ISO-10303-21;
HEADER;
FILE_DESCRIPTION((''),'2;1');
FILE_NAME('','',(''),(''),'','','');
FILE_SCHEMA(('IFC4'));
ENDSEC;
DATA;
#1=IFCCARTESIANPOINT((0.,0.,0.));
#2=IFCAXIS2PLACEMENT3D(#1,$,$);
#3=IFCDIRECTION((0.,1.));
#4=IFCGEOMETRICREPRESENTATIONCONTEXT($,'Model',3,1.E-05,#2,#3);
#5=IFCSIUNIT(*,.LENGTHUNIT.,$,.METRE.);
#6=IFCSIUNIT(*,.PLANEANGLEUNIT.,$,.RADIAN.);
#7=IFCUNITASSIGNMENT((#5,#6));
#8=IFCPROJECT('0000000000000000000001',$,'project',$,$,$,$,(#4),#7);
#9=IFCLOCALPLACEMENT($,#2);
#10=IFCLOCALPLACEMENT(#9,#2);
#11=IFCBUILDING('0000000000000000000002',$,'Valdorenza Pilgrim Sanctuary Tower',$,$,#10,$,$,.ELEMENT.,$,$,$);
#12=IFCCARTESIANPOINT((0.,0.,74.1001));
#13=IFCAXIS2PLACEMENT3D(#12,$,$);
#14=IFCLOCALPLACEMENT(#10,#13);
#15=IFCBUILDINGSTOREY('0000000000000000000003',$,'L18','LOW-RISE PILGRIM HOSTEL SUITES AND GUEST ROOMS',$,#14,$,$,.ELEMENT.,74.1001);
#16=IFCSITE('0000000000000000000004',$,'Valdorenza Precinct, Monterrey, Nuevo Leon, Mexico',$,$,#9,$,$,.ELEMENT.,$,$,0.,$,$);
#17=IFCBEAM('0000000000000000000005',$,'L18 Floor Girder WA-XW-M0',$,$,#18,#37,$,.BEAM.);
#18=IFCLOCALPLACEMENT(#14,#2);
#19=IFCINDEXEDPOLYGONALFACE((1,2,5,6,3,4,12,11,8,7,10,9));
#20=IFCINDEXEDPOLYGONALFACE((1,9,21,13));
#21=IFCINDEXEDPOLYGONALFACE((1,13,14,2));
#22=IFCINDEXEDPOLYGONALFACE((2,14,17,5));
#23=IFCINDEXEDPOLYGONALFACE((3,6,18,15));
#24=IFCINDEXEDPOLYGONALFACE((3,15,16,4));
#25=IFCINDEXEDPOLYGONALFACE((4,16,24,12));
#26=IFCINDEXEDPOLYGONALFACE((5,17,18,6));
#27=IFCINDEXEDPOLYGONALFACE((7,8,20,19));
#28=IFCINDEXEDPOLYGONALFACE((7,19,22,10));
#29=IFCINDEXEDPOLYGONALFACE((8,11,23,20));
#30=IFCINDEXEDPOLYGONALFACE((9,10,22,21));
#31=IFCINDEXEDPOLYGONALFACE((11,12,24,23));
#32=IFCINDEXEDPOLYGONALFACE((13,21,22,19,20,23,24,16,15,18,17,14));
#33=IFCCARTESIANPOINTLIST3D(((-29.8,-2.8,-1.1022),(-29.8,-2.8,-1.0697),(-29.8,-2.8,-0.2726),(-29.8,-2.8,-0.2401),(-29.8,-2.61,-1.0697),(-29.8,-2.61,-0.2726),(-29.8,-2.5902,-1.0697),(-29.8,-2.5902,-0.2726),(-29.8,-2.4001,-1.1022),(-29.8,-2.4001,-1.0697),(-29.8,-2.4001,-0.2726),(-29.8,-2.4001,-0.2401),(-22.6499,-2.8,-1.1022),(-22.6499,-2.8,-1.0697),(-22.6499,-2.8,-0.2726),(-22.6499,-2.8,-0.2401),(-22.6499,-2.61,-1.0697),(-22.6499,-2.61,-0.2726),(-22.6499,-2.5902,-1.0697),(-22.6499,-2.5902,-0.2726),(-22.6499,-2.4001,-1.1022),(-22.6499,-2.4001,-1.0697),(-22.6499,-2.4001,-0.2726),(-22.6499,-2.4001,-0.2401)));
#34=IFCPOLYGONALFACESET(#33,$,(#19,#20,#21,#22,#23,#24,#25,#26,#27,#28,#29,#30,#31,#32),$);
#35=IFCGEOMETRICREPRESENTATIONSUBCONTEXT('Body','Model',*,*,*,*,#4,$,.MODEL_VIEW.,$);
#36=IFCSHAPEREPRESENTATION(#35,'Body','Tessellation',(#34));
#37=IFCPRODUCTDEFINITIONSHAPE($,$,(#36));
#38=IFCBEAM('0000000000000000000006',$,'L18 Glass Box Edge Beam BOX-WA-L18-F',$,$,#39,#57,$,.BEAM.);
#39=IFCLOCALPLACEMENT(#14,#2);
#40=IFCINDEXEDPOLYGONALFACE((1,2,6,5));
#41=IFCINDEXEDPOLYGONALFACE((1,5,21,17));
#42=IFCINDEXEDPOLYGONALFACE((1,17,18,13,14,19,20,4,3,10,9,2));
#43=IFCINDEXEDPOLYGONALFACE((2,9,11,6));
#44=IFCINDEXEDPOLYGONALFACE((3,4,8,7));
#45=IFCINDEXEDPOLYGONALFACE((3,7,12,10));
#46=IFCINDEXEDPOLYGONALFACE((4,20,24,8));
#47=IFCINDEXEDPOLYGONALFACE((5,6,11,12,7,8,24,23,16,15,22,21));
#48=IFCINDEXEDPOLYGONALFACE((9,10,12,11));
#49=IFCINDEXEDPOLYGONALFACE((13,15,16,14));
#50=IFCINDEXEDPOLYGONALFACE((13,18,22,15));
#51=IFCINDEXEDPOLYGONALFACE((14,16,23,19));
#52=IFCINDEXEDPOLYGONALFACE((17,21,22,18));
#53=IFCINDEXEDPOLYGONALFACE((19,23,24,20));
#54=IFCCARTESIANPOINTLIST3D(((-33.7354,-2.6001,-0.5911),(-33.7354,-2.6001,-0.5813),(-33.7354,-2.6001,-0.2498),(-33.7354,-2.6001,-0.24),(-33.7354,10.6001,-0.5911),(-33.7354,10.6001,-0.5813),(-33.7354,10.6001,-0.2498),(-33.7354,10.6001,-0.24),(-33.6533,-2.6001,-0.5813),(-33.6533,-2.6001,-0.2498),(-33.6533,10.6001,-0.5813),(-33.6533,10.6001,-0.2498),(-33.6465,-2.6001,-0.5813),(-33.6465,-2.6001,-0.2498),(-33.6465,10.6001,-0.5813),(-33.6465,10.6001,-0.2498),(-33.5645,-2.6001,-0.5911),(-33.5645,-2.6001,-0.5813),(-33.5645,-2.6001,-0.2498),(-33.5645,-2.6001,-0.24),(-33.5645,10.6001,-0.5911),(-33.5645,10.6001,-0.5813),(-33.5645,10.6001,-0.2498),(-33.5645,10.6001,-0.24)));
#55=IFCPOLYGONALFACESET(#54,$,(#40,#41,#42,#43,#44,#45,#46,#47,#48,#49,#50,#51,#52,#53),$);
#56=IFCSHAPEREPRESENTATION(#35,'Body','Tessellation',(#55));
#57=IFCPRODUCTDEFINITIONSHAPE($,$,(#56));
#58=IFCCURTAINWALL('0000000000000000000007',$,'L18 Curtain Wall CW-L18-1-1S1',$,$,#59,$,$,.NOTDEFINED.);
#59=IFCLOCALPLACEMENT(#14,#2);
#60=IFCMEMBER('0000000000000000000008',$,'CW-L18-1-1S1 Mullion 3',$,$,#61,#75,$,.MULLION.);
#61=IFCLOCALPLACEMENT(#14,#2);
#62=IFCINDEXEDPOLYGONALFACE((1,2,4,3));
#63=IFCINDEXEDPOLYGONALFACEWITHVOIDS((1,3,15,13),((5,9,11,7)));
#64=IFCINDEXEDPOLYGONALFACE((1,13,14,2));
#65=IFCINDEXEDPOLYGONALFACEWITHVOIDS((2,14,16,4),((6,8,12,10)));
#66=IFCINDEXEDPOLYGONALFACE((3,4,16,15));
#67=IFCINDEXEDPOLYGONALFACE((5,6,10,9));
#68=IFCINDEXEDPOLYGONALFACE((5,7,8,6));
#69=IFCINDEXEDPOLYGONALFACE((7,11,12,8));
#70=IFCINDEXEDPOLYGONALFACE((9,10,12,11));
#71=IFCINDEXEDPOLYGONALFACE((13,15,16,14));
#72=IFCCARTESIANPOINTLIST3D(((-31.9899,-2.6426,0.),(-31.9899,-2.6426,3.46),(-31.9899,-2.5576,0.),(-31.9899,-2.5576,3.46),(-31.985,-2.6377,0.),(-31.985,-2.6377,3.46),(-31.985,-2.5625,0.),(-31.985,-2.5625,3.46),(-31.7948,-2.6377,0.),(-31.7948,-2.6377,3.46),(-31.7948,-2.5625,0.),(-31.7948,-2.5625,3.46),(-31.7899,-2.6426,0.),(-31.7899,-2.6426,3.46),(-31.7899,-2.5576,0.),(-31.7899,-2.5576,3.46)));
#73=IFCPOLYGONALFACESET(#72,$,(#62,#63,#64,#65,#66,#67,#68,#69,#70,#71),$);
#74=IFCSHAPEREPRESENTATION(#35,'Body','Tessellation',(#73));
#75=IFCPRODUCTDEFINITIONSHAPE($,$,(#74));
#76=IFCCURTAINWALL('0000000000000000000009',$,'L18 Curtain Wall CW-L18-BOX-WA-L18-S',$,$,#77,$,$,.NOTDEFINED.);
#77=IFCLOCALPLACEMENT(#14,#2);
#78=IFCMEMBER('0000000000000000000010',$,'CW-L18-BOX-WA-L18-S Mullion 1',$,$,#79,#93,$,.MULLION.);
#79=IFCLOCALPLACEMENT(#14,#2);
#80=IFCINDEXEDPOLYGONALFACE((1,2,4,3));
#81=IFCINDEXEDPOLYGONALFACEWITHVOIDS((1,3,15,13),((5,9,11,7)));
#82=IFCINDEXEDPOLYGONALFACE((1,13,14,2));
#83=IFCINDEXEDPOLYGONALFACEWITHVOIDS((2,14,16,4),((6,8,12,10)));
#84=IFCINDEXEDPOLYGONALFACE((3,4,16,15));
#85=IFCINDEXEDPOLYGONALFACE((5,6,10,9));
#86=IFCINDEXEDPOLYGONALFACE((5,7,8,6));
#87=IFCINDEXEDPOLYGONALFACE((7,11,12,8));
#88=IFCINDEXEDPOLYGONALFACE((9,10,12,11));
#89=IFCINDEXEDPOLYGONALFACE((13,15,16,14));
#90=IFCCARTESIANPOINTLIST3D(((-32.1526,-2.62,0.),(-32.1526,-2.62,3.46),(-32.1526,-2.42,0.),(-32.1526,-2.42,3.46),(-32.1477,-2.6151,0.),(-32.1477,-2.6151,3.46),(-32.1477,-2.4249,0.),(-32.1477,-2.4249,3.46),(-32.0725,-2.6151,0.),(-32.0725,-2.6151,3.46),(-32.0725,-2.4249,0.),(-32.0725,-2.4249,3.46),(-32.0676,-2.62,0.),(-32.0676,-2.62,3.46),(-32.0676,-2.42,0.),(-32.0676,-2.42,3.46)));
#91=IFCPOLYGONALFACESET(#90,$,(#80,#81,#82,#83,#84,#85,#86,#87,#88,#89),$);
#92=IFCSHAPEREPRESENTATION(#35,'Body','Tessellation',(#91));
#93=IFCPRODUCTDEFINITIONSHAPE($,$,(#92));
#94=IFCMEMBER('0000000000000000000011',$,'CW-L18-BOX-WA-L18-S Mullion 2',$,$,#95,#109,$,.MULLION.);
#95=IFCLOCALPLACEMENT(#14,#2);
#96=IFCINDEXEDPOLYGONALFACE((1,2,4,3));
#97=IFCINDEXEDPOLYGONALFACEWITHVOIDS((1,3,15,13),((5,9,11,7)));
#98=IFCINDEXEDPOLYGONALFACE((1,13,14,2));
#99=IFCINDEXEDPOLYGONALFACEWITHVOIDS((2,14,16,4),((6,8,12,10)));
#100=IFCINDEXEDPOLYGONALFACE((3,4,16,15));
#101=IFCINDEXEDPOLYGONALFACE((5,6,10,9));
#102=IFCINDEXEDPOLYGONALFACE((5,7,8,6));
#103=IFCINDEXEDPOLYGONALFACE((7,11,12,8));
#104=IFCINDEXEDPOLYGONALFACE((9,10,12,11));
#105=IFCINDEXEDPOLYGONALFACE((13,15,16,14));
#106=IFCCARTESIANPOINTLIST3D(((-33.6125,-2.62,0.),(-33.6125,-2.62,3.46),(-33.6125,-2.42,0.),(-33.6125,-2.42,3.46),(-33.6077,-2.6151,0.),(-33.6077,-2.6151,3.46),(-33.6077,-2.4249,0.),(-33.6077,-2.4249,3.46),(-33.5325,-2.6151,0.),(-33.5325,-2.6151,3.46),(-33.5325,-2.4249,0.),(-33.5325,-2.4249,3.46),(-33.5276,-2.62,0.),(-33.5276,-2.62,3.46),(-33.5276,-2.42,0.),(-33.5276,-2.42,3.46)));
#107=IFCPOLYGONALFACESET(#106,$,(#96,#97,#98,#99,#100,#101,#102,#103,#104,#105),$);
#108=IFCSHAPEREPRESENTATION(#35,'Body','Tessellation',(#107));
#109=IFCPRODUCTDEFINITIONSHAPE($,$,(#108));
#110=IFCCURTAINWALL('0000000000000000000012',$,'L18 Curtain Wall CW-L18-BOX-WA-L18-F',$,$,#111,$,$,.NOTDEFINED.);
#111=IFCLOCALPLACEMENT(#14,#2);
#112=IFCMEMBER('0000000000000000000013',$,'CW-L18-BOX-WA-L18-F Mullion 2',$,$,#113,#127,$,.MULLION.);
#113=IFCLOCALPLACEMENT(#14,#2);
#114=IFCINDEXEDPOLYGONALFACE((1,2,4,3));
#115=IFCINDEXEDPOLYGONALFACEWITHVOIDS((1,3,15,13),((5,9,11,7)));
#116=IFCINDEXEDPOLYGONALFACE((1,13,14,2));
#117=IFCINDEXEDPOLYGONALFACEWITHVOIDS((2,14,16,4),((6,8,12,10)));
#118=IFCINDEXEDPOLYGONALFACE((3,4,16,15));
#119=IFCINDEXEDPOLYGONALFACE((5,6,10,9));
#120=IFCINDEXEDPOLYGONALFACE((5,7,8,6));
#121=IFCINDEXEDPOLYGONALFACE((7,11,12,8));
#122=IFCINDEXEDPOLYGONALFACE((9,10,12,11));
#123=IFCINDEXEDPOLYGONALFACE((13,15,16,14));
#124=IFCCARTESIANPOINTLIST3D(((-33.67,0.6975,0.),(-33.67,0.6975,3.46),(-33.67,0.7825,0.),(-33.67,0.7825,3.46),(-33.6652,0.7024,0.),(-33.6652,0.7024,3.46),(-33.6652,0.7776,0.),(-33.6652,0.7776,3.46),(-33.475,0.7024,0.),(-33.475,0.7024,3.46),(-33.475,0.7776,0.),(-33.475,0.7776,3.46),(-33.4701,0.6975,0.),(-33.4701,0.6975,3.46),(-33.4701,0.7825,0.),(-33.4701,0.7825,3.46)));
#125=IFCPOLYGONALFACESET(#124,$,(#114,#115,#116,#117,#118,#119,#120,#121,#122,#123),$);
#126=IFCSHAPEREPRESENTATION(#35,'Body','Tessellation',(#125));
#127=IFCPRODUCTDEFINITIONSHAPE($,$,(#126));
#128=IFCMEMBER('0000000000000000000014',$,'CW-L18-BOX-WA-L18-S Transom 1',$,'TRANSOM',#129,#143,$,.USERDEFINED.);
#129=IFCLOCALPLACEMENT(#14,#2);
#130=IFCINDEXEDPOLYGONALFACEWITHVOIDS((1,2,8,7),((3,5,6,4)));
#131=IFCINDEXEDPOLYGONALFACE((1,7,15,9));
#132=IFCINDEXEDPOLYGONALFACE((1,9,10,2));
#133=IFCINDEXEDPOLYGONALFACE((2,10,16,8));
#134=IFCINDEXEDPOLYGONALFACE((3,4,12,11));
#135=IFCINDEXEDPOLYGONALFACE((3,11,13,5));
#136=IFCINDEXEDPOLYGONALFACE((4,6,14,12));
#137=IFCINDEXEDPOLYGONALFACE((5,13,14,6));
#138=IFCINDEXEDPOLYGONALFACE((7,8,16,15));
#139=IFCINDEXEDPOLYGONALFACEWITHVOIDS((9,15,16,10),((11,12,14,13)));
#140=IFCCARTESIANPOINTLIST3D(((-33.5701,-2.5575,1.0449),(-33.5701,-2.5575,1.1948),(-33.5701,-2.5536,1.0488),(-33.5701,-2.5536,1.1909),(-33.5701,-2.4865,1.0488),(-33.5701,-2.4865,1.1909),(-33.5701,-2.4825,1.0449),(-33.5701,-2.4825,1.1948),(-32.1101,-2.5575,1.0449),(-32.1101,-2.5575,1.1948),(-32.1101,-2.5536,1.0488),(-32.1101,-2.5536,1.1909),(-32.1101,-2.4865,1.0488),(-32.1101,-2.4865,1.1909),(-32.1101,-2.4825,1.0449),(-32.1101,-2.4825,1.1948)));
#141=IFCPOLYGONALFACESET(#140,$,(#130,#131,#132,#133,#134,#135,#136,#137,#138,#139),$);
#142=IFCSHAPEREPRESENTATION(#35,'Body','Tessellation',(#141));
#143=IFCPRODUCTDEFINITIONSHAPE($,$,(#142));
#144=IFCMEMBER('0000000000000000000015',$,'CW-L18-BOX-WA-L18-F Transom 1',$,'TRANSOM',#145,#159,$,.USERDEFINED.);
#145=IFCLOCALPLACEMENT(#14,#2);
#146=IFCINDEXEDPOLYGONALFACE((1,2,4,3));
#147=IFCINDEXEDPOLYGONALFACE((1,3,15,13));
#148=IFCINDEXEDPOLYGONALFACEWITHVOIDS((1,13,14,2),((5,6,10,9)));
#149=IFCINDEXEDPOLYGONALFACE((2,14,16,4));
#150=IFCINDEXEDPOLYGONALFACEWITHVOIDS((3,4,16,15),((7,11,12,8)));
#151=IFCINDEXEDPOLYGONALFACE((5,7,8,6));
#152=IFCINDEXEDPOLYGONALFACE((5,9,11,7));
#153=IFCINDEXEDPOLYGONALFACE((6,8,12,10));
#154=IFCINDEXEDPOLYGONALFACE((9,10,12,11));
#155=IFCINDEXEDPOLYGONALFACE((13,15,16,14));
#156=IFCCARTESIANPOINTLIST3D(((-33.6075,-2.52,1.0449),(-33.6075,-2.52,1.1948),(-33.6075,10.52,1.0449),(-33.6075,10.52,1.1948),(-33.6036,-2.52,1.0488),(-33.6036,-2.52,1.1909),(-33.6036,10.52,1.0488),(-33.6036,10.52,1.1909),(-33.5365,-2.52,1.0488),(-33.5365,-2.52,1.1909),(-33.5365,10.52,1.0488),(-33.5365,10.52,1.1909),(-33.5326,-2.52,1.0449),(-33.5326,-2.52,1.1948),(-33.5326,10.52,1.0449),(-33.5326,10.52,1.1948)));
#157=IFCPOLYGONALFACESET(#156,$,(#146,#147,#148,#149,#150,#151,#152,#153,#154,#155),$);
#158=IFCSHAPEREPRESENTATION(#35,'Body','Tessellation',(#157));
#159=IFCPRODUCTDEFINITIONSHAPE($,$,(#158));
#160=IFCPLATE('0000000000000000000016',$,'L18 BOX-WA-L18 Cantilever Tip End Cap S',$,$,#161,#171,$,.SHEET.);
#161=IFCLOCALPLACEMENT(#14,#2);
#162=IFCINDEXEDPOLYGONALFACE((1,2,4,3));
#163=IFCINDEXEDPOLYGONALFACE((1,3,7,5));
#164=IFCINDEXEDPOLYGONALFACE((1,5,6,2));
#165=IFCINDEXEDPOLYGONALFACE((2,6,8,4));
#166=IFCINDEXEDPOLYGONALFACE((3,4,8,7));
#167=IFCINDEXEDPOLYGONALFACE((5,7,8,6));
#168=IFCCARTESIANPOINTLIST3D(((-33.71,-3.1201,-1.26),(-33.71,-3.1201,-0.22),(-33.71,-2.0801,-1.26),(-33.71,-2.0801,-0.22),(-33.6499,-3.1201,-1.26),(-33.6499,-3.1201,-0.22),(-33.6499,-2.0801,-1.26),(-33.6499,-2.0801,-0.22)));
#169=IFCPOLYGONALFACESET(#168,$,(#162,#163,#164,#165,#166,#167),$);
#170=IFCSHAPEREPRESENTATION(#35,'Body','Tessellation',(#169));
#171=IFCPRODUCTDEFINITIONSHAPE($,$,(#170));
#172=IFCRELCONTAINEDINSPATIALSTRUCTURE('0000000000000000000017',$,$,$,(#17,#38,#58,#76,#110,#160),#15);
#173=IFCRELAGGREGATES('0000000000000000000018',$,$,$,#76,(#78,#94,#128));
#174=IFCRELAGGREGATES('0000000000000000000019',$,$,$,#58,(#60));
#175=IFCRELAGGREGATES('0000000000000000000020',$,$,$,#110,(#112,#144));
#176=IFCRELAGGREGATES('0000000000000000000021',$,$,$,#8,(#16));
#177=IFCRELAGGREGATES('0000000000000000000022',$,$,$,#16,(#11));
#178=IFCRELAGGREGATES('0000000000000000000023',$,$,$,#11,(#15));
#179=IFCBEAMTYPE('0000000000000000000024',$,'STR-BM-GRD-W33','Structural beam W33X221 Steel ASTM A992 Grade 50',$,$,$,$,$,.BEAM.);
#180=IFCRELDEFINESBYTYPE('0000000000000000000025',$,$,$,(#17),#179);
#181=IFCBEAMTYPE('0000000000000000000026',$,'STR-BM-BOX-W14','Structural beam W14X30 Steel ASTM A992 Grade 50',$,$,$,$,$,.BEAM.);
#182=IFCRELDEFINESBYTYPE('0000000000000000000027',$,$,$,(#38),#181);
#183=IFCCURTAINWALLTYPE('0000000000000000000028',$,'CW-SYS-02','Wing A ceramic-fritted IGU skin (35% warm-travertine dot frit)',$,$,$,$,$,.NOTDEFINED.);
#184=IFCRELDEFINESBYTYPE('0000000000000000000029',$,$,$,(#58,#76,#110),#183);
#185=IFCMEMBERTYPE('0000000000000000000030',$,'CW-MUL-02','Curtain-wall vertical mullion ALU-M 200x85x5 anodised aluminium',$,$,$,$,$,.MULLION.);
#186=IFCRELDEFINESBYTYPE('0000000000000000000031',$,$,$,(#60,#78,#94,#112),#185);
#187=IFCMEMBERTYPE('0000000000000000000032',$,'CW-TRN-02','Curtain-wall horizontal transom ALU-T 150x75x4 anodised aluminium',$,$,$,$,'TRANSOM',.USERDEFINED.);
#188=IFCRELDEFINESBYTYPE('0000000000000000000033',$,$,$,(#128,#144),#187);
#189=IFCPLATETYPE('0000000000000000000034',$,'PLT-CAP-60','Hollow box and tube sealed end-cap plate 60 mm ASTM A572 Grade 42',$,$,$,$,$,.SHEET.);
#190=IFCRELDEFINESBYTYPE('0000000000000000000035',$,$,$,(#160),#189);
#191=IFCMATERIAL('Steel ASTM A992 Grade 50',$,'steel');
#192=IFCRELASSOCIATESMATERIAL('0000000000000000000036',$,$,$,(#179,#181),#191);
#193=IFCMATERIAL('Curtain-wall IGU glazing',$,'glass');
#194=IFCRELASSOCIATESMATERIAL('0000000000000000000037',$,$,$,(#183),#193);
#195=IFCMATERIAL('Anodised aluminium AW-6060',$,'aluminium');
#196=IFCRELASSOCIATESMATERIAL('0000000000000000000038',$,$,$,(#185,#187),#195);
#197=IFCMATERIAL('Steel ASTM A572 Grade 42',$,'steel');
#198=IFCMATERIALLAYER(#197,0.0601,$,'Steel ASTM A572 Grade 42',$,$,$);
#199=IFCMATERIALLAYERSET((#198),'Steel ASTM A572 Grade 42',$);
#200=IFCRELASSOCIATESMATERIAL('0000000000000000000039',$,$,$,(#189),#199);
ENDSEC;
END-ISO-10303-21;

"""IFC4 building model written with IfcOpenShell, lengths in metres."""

from ifc_helpers import new_model, si_unit, direction, frame, origin, origin_2d, place, context, subcontext, project, spatial, rectangle, hollow_rectangle, i_section, extrude, source, transform, mapped, material, layer, layer_set, material_profile, profile_set, type_object, element, aggregate, save


model = new_model("IFC4")

# Units and contexts
model_context = context("Model", 3, precision=1e-05, world=origin(), true_north=direction((0.0, 1.0)))
body_context = subcontext(model_context, "Body", "Model", "MODEL_VIEW")
ifc_project = project(units=[si_unit("LENGTHUNIT", "METRE"), si_unit("PLANEANGLEUNIT", "RADIAN")], contexts=[model_context])

# Site, building, storey
site_placement = place(None, origin())
site = spatial("IfcSite", under=ifc_project, at=site_placement, Name="Valdorenza Precinct, Monterrey, Nuevo Leon, Mexico", CompositionType="ELEMENT", RefElevation=0.0)
building_placement = place(site_placement, origin())
building = spatial("IfcBuilding", under=site, at=building_placement, Name="Valdorenza Pilgrim Sanctuary Tower", CompositionType="ELEMENT")
storey_placement = place(building_placement, frame((0.0, 0.0, 74.1001)))
storey = spatial("IfcBuildingStorey", under=building, at=storey_placement, Name="L18", Description="LOW-RISE PILGRIM HOSTEL SUITES AND GUEST ROOMS", CompositionType="ELEMENT", Elevation=74.1001)

# Beams
ifc_material_1 = material(Name="Steel ASTM A992 Grade 50", Category="steel")
ifc_material_2 = material(Name="Steel ASTM A572 Grade 42", Category="steel")
ifc_material_profile_1 = material_profile(ifc_material_1, i_section(OverallWidth=0.3999, OverallDepth=0.8621, WebThickness=0.0198, FlangeThickness=0.0325, at=origin_2d()), Name="W33X221")
ifc_profile_set_1 = profile_set([ifc_material_profile_1], Name="Steel ASTM A992 Grade 50")
beam_type_1 = type_object("IfcBeamType", Name="STR-BM-GRD-W33", Description="Structural beam W33X221 Steel ASTM A992 Grade 50", PredefinedType="BEAM", material=ifc_profile_set_1)
shared_shape_1 = source(origin(), body_context, "Body", "SweptSolid", [
    extrude(i_section(OverallWidth=0.3999, OverallDepth=0.8621, WebThickness=0.0198, FlangeThickness=0.0325, at=origin_2d()), origin(), (0.0, 0.0, 1.0), 7.1501),
])
beam_1_placement = place(storey_placement, frame((-29.8, -2.6001, -0.6711), z_axis=(1.0, 0.0, 0.0), x_axis=(0.0, 1.0, 0.0)))
element("IfcBeam", 1, at=beam_1_placement, inside=storey, type_object=beam_type_1, Name="L18 Floor Girder WA-XW-M0", PredefinedType="BEAM", context=body_context, shape_type="MappedRepresentation", body=[
    mapped(shared_shape_1, transform((0.0, 0.0, 0.0), x_axis=(1.0, 0.0, 0.0), y_axis=(0.0, 1.0, 0.0), z_axis=(0.0, 0.0, 1.0), scale=1.0)),
])
ifc_material_profile_2 = material_profile(ifc_material_1, i_section(OverallWidth=0.1709, OverallDepth=0.3511, WebThickness=0.0068, FlangeThickness=0.0098, at=origin_2d()), Name="W14X30")
ifc_profile_set_2 = profile_set([ifc_material_profile_2], Name="Steel ASTM A992 Grade 50")
beam_type_2 = type_object("IfcBeamType", Name="STR-BM-BOX-W14", Description="Structural beam W14X30 Steel ASTM A992 Grade 50", PredefinedType="BEAM", material=ifc_profile_set_2)
shared_shape_2 = source(origin(), body_context, "Body", "SweptSolid", [
    extrude(i_section(OverallWidth=0.1709, OverallDepth=0.3511, WebThickness=0.0068, FlangeThickness=0.0098, at=origin_2d()), origin(), (0.0, 0.0, 1.0), 13.2002),
])
beam_2_placement = place(storey_placement, frame((-33.6499, -2.6001, -0.4155), z_axis=(0.0, 1.0, 0.0), x_axis=(-1.0, 0.0, 0.0)))
element("IfcBeam", 2, at=beam_2_placement, inside=storey, type_object=beam_type_2, Name="L18 Glass Box Edge Beam BOX-WA-L18-F", PredefinedType="BEAM", context=body_context, shape_type="MappedRepresentation", body=[
    mapped(shared_shape_2, transform((0.0, 0.0, 0.0), x_axis=(1.0, 0.0, 0.0), y_axis=(0.0, 1.0, 0.0), z_axis=(0.0, 0.0, 1.0), scale=1.0)),
])

# Curtain wall, member
ifc_material_3 = material(Name="Curtain-wall IGU glazing", Category="glass")
curtain_wall_type = type_object("IfcCurtainWallType", Name="CW-SYS-02", Description="Wing A ceramic-fritted IGU skin (35% warm-travertine dot frit)", PredefinedType="NOTDEFINED", material=ifc_material_3)
curtain_wall_1_placement = place(storey_placement, origin())
curtain_wall_1 = element("IfcCurtainWall", 3, at=curtain_wall_1_placement, inside=storey, type_object=curtain_wall_type, Name="L18 Curtain Wall CW-L18-1-1S1", PredefinedType="NOTDEFINED")
ifc_material_4 = material(Name="Anodised aluminium AW-6060", Category="aluminium")
ifc_material_profile_3 = material_profile(ifc_material_4, hollow_rectangle(XDim=0.085, YDim=0.2, WallThickness=0.0049, at=origin_2d()), Name="ALU-M 200x85x5")
ifc_profile_set_3 = profile_set([ifc_material_profile_3], Name="Anodised aluminium AW-6060")
member_type_1 = type_object("IfcMemberType", Name="CW-MUL-02", Description="Curtain-wall vertical mullion ALU-M 200x85x5 anodised aluminium", PredefinedType="MULLION", material=ifc_profile_set_3)
shared_shape_3 = source(origin(), body_context, "Body", "SweptSolid", [
    extrude(hollow_rectangle(XDim=0.085, YDim=0.2, WallThickness=0.0049, at=origin_2d()), origin(), (0.0, 0.0, 1.0), 3.46),
])
member_1_placement = place(storey_placement, frame((-31.8899, -2.6001, 0.0), z_axis=(0.0, 0.0, 1.0), x_axis=(0.0, 1.0, 0.0)))
member_1 = element("IfcMember", 4, at=member_1_placement, type_object=member_type_1, Name="CW-L18-1-1S1 Mullion 3", PredefinedType="MULLION", context=body_context, shape_type="MappedRepresentation", body=[
    mapped(shared_shape_3, transform((0.0, 0.0, 0.0), x_axis=(1.0, 0.0, 0.0), y_axis=(0.0, 1.0, 0.0), z_axis=(0.0, 0.0, 1.0), scale=1.0)),
])

# Curtain wall, members
curtain_wall_2_placement = place(storey_placement, origin())
curtain_wall_2 = element("IfcCurtainWall", 5, at=curtain_wall_2_placement, inside=storey, type_object=curtain_wall_type, Name="L18 Curtain Wall CW-L18-BOX-WA-L18-S", PredefinedType="NOTDEFINED")
member_2_placement = place(storey_placement, frame((-32.1101, -2.52, 0.0), z_axis=(0.0, 0.0, 1.0), x_axis=(-1.0, 0.0, 0.0)))
member_2 = element("IfcMember", 6, at=member_2_placement, type_object=member_type_1, Name="CW-L18-BOX-WA-L18-S Mullion 1", PredefinedType="MULLION", context=body_context, shape_type="MappedRepresentation", body=[
    mapped(shared_shape_3, transform((0.0, 0.0, 0.0), x_axis=(1.0, 0.0, 0.0), y_axis=(0.0, 1.0, 0.0), z_axis=(0.0, 0.0, 1.0), scale=1.0)),
])
member_3_placement = place(storey_placement, frame((-33.5701, -2.52, 0.0), z_axis=(0.0, 0.0, 1.0), x_axis=(-1.0, 0.0, 0.0)))
member_3 = element("IfcMember", 7, at=member_3_placement, type_object=member_type_1, Name="CW-L18-BOX-WA-L18-S Mullion 2", PredefinedType="MULLION", context=body_context, shape_type="MappedRepresentation", body=[
    mapped(shared_shape_3, transform((0.0, 0.0, 0.0), x_axis=(1.0, 0.0, 0.0), y_axis=(0.0, 1.0, 0.0), z_axis=(0.0, 0.0, 1.0), scale=1.0)),
])

# Curtain wall, member
curtain_wall_3_placement = place(storey_placement, origin())
curtain_wall_3 = element("IfcCurtainWall", 8, at=curtain_wall_3_placement, inside=storey, type_object=curtain_wall_type, Name="L18 Curtain Wall CW-L18-BOX-WA-L18-F", PredefinedType="NOTDEFINED")
member_4_placement = place(storey_placement, frame((-33.5701, 0.74, 0.0), z_axis=(0.0, 0.0, 1.0), x_axis=(0.0, 1.0, 0.0)))
member_4 = element("IfcMember", 9, at=member_4_placement, type_object=member_type_1, Name="CW-L18-BOX-WA-L18-F Mullion 2", PredefinedType="MULLION", context=body_context, shape_type="MappedRepresentation", body=[
    mapped(shared_shape_3, transform((0.0, 0.0, 0.0), x_axis=(1.0, 0.0, 0.0), y_axis=(0.0, 1.0, 0.0), z_axis=(0.0, 0.0, 1.0), scale=1.0)),
])

# Members
ifc_material_profile_4 = material_profile(ifc_material_4, hollow_rectangle(XDim=0.075, YDim=0.1499, WallThickness=0.0039, at=origin_2d()), Name="ALU-T 150x75x4")
ifc_profile_set_4 = profile_set([ifc_material_profile_4], Name="Anodised aluminium AW-6060")
member_type_2 = type_object("IfcMemberType", Name="CW-TRN-02", Description="Curtain-wall horizontal transom ALU-T 150x75x4 anodised aluminium", ElementType="TRANSOM", PredefinedType="USERDEFINED", material=ifc_profile_set_4)
shared_shape_4 = source(origin(), body_context, "Body", "SweptSolid", [
    extrude(hollow_rectangle(XDim=0.075, YDim=0.1499, WallThickness=0.0039, at=origin_2d()), origin(), (0.0, 0.0, 1.0), 1.46),
])
member_5_placement = place(storey_placement, frame((-32.1101, -2.52, 1.1199), z_axis=(-1.0, 0.0, 0.0), x_axis=(0.0, -1.0, 0.0)))
member_5 = element("IfcMember", 10, at=member_5_placement, type_object=member_type_2, Name="CW-L18-BOX-WA-L18-S Transom 1", ObjectType="TRANSOM", PredefinedType="USERDEFINED", context=body_context, shape_type="MappedRepresentation", body=[
    mapped(shared_shape_4, transform((0.0, 0.0, 0.0), x_axis=(1.0, 0.0, 0.0), y_axis=(0.0, 1.0, 0.0), z_axis=(0.0, 0.0, 1.0), scale=1.0)),
])
shared_shape_5 = source(origin(), body_context, "Body", "SweptSolid", [
    extrude(hollow_rectangle(XDim=0.075, YDim=0.1499, WallThickness=0.0039, at=origin_2d()), origin(), (0.0, 0.0, 1.0), 13.04),
])
member_6_placement = place(storey_placement, frame((-33.5701, -2.52, 1.1199), z_axis=(0.0, 1.0, 0.0), x_axis=(-1.0, 0.0, 0.0)))
member_6 = element("IfcMember", 11, at=member_6_placement, type_object=member_type_2, Name="CW-L18-BOX-WA-L18-F Transom 1", ObjectType="TRANSOM", PredefinedType="USERDEFINED", context=body_context, shape_type="MappedRepresentation", body=[
    mapped(shared_shape_5, transform((0.0, 0.0, 0.0), x_axis=(1.0, 0.0, 0.0), y_axis=(0.0, 1.0, 0.0), z_axis=(0.0, 0.0, 1.0), scale=1.0)),
])

# Plate
ifc_layer_1 = layer(ifc_material_2, 0.0601, Name="Steel ASTM A572 Grade 42")
ifc_layer_set_1 = layer_set([ifc_layer_1], Name="Steel ASTM A572 Grade 42")
plate_type_1 = type_object("IfcPlateType", Name="PLT-CAP-60", Description="Hollow box and tube sealed end-cap plate 60 mm ASTM A572 Grade 42", PredefinedType="SHEET", material=ifc_layer_set_1)
shared_shape_6 = source(origin(), body_context, "Body", "SweptSolid", [
    extrude(rectangle(XDim=0.0601, YDim=1.04, at=origin_2d()), origin(), (0.0, 0.0, 1.0), 1.04),
])
plate_1_placement = place(storey_placement, frame((-33.6799, -2.6001, -1.26), z_axis=(0.0, 0.0, 1.0), x_axis=(1.0, 0.0, 0.0)))
element("IfcPlate", 12, at=plate_1_placement, inside=storey, type_object=plate_type_1, Name="L18 BOX-WA-L18 Cantilever Tip End Cap S", PredefinedType="SHEET", context=body_context, shape_type="MappedRepresentation", body=[
    mapped(shared_shape_6, transform((0.0, 0.0, 0.0), x_axis=(1.0, 0.0, 0.0), y_axis=(0.0, 1.0, 0.0), z_axis=(0.0, 0.0, 1.0), scale=1.0)),
])
aggregate(curtain_wall_2, [member_2, member_3, member_5])
aggregate(curtain_wall_1, [member_1])
aggregate(curtain_wall_3, [member_4, member_6])

save(model, "model.ifc")
